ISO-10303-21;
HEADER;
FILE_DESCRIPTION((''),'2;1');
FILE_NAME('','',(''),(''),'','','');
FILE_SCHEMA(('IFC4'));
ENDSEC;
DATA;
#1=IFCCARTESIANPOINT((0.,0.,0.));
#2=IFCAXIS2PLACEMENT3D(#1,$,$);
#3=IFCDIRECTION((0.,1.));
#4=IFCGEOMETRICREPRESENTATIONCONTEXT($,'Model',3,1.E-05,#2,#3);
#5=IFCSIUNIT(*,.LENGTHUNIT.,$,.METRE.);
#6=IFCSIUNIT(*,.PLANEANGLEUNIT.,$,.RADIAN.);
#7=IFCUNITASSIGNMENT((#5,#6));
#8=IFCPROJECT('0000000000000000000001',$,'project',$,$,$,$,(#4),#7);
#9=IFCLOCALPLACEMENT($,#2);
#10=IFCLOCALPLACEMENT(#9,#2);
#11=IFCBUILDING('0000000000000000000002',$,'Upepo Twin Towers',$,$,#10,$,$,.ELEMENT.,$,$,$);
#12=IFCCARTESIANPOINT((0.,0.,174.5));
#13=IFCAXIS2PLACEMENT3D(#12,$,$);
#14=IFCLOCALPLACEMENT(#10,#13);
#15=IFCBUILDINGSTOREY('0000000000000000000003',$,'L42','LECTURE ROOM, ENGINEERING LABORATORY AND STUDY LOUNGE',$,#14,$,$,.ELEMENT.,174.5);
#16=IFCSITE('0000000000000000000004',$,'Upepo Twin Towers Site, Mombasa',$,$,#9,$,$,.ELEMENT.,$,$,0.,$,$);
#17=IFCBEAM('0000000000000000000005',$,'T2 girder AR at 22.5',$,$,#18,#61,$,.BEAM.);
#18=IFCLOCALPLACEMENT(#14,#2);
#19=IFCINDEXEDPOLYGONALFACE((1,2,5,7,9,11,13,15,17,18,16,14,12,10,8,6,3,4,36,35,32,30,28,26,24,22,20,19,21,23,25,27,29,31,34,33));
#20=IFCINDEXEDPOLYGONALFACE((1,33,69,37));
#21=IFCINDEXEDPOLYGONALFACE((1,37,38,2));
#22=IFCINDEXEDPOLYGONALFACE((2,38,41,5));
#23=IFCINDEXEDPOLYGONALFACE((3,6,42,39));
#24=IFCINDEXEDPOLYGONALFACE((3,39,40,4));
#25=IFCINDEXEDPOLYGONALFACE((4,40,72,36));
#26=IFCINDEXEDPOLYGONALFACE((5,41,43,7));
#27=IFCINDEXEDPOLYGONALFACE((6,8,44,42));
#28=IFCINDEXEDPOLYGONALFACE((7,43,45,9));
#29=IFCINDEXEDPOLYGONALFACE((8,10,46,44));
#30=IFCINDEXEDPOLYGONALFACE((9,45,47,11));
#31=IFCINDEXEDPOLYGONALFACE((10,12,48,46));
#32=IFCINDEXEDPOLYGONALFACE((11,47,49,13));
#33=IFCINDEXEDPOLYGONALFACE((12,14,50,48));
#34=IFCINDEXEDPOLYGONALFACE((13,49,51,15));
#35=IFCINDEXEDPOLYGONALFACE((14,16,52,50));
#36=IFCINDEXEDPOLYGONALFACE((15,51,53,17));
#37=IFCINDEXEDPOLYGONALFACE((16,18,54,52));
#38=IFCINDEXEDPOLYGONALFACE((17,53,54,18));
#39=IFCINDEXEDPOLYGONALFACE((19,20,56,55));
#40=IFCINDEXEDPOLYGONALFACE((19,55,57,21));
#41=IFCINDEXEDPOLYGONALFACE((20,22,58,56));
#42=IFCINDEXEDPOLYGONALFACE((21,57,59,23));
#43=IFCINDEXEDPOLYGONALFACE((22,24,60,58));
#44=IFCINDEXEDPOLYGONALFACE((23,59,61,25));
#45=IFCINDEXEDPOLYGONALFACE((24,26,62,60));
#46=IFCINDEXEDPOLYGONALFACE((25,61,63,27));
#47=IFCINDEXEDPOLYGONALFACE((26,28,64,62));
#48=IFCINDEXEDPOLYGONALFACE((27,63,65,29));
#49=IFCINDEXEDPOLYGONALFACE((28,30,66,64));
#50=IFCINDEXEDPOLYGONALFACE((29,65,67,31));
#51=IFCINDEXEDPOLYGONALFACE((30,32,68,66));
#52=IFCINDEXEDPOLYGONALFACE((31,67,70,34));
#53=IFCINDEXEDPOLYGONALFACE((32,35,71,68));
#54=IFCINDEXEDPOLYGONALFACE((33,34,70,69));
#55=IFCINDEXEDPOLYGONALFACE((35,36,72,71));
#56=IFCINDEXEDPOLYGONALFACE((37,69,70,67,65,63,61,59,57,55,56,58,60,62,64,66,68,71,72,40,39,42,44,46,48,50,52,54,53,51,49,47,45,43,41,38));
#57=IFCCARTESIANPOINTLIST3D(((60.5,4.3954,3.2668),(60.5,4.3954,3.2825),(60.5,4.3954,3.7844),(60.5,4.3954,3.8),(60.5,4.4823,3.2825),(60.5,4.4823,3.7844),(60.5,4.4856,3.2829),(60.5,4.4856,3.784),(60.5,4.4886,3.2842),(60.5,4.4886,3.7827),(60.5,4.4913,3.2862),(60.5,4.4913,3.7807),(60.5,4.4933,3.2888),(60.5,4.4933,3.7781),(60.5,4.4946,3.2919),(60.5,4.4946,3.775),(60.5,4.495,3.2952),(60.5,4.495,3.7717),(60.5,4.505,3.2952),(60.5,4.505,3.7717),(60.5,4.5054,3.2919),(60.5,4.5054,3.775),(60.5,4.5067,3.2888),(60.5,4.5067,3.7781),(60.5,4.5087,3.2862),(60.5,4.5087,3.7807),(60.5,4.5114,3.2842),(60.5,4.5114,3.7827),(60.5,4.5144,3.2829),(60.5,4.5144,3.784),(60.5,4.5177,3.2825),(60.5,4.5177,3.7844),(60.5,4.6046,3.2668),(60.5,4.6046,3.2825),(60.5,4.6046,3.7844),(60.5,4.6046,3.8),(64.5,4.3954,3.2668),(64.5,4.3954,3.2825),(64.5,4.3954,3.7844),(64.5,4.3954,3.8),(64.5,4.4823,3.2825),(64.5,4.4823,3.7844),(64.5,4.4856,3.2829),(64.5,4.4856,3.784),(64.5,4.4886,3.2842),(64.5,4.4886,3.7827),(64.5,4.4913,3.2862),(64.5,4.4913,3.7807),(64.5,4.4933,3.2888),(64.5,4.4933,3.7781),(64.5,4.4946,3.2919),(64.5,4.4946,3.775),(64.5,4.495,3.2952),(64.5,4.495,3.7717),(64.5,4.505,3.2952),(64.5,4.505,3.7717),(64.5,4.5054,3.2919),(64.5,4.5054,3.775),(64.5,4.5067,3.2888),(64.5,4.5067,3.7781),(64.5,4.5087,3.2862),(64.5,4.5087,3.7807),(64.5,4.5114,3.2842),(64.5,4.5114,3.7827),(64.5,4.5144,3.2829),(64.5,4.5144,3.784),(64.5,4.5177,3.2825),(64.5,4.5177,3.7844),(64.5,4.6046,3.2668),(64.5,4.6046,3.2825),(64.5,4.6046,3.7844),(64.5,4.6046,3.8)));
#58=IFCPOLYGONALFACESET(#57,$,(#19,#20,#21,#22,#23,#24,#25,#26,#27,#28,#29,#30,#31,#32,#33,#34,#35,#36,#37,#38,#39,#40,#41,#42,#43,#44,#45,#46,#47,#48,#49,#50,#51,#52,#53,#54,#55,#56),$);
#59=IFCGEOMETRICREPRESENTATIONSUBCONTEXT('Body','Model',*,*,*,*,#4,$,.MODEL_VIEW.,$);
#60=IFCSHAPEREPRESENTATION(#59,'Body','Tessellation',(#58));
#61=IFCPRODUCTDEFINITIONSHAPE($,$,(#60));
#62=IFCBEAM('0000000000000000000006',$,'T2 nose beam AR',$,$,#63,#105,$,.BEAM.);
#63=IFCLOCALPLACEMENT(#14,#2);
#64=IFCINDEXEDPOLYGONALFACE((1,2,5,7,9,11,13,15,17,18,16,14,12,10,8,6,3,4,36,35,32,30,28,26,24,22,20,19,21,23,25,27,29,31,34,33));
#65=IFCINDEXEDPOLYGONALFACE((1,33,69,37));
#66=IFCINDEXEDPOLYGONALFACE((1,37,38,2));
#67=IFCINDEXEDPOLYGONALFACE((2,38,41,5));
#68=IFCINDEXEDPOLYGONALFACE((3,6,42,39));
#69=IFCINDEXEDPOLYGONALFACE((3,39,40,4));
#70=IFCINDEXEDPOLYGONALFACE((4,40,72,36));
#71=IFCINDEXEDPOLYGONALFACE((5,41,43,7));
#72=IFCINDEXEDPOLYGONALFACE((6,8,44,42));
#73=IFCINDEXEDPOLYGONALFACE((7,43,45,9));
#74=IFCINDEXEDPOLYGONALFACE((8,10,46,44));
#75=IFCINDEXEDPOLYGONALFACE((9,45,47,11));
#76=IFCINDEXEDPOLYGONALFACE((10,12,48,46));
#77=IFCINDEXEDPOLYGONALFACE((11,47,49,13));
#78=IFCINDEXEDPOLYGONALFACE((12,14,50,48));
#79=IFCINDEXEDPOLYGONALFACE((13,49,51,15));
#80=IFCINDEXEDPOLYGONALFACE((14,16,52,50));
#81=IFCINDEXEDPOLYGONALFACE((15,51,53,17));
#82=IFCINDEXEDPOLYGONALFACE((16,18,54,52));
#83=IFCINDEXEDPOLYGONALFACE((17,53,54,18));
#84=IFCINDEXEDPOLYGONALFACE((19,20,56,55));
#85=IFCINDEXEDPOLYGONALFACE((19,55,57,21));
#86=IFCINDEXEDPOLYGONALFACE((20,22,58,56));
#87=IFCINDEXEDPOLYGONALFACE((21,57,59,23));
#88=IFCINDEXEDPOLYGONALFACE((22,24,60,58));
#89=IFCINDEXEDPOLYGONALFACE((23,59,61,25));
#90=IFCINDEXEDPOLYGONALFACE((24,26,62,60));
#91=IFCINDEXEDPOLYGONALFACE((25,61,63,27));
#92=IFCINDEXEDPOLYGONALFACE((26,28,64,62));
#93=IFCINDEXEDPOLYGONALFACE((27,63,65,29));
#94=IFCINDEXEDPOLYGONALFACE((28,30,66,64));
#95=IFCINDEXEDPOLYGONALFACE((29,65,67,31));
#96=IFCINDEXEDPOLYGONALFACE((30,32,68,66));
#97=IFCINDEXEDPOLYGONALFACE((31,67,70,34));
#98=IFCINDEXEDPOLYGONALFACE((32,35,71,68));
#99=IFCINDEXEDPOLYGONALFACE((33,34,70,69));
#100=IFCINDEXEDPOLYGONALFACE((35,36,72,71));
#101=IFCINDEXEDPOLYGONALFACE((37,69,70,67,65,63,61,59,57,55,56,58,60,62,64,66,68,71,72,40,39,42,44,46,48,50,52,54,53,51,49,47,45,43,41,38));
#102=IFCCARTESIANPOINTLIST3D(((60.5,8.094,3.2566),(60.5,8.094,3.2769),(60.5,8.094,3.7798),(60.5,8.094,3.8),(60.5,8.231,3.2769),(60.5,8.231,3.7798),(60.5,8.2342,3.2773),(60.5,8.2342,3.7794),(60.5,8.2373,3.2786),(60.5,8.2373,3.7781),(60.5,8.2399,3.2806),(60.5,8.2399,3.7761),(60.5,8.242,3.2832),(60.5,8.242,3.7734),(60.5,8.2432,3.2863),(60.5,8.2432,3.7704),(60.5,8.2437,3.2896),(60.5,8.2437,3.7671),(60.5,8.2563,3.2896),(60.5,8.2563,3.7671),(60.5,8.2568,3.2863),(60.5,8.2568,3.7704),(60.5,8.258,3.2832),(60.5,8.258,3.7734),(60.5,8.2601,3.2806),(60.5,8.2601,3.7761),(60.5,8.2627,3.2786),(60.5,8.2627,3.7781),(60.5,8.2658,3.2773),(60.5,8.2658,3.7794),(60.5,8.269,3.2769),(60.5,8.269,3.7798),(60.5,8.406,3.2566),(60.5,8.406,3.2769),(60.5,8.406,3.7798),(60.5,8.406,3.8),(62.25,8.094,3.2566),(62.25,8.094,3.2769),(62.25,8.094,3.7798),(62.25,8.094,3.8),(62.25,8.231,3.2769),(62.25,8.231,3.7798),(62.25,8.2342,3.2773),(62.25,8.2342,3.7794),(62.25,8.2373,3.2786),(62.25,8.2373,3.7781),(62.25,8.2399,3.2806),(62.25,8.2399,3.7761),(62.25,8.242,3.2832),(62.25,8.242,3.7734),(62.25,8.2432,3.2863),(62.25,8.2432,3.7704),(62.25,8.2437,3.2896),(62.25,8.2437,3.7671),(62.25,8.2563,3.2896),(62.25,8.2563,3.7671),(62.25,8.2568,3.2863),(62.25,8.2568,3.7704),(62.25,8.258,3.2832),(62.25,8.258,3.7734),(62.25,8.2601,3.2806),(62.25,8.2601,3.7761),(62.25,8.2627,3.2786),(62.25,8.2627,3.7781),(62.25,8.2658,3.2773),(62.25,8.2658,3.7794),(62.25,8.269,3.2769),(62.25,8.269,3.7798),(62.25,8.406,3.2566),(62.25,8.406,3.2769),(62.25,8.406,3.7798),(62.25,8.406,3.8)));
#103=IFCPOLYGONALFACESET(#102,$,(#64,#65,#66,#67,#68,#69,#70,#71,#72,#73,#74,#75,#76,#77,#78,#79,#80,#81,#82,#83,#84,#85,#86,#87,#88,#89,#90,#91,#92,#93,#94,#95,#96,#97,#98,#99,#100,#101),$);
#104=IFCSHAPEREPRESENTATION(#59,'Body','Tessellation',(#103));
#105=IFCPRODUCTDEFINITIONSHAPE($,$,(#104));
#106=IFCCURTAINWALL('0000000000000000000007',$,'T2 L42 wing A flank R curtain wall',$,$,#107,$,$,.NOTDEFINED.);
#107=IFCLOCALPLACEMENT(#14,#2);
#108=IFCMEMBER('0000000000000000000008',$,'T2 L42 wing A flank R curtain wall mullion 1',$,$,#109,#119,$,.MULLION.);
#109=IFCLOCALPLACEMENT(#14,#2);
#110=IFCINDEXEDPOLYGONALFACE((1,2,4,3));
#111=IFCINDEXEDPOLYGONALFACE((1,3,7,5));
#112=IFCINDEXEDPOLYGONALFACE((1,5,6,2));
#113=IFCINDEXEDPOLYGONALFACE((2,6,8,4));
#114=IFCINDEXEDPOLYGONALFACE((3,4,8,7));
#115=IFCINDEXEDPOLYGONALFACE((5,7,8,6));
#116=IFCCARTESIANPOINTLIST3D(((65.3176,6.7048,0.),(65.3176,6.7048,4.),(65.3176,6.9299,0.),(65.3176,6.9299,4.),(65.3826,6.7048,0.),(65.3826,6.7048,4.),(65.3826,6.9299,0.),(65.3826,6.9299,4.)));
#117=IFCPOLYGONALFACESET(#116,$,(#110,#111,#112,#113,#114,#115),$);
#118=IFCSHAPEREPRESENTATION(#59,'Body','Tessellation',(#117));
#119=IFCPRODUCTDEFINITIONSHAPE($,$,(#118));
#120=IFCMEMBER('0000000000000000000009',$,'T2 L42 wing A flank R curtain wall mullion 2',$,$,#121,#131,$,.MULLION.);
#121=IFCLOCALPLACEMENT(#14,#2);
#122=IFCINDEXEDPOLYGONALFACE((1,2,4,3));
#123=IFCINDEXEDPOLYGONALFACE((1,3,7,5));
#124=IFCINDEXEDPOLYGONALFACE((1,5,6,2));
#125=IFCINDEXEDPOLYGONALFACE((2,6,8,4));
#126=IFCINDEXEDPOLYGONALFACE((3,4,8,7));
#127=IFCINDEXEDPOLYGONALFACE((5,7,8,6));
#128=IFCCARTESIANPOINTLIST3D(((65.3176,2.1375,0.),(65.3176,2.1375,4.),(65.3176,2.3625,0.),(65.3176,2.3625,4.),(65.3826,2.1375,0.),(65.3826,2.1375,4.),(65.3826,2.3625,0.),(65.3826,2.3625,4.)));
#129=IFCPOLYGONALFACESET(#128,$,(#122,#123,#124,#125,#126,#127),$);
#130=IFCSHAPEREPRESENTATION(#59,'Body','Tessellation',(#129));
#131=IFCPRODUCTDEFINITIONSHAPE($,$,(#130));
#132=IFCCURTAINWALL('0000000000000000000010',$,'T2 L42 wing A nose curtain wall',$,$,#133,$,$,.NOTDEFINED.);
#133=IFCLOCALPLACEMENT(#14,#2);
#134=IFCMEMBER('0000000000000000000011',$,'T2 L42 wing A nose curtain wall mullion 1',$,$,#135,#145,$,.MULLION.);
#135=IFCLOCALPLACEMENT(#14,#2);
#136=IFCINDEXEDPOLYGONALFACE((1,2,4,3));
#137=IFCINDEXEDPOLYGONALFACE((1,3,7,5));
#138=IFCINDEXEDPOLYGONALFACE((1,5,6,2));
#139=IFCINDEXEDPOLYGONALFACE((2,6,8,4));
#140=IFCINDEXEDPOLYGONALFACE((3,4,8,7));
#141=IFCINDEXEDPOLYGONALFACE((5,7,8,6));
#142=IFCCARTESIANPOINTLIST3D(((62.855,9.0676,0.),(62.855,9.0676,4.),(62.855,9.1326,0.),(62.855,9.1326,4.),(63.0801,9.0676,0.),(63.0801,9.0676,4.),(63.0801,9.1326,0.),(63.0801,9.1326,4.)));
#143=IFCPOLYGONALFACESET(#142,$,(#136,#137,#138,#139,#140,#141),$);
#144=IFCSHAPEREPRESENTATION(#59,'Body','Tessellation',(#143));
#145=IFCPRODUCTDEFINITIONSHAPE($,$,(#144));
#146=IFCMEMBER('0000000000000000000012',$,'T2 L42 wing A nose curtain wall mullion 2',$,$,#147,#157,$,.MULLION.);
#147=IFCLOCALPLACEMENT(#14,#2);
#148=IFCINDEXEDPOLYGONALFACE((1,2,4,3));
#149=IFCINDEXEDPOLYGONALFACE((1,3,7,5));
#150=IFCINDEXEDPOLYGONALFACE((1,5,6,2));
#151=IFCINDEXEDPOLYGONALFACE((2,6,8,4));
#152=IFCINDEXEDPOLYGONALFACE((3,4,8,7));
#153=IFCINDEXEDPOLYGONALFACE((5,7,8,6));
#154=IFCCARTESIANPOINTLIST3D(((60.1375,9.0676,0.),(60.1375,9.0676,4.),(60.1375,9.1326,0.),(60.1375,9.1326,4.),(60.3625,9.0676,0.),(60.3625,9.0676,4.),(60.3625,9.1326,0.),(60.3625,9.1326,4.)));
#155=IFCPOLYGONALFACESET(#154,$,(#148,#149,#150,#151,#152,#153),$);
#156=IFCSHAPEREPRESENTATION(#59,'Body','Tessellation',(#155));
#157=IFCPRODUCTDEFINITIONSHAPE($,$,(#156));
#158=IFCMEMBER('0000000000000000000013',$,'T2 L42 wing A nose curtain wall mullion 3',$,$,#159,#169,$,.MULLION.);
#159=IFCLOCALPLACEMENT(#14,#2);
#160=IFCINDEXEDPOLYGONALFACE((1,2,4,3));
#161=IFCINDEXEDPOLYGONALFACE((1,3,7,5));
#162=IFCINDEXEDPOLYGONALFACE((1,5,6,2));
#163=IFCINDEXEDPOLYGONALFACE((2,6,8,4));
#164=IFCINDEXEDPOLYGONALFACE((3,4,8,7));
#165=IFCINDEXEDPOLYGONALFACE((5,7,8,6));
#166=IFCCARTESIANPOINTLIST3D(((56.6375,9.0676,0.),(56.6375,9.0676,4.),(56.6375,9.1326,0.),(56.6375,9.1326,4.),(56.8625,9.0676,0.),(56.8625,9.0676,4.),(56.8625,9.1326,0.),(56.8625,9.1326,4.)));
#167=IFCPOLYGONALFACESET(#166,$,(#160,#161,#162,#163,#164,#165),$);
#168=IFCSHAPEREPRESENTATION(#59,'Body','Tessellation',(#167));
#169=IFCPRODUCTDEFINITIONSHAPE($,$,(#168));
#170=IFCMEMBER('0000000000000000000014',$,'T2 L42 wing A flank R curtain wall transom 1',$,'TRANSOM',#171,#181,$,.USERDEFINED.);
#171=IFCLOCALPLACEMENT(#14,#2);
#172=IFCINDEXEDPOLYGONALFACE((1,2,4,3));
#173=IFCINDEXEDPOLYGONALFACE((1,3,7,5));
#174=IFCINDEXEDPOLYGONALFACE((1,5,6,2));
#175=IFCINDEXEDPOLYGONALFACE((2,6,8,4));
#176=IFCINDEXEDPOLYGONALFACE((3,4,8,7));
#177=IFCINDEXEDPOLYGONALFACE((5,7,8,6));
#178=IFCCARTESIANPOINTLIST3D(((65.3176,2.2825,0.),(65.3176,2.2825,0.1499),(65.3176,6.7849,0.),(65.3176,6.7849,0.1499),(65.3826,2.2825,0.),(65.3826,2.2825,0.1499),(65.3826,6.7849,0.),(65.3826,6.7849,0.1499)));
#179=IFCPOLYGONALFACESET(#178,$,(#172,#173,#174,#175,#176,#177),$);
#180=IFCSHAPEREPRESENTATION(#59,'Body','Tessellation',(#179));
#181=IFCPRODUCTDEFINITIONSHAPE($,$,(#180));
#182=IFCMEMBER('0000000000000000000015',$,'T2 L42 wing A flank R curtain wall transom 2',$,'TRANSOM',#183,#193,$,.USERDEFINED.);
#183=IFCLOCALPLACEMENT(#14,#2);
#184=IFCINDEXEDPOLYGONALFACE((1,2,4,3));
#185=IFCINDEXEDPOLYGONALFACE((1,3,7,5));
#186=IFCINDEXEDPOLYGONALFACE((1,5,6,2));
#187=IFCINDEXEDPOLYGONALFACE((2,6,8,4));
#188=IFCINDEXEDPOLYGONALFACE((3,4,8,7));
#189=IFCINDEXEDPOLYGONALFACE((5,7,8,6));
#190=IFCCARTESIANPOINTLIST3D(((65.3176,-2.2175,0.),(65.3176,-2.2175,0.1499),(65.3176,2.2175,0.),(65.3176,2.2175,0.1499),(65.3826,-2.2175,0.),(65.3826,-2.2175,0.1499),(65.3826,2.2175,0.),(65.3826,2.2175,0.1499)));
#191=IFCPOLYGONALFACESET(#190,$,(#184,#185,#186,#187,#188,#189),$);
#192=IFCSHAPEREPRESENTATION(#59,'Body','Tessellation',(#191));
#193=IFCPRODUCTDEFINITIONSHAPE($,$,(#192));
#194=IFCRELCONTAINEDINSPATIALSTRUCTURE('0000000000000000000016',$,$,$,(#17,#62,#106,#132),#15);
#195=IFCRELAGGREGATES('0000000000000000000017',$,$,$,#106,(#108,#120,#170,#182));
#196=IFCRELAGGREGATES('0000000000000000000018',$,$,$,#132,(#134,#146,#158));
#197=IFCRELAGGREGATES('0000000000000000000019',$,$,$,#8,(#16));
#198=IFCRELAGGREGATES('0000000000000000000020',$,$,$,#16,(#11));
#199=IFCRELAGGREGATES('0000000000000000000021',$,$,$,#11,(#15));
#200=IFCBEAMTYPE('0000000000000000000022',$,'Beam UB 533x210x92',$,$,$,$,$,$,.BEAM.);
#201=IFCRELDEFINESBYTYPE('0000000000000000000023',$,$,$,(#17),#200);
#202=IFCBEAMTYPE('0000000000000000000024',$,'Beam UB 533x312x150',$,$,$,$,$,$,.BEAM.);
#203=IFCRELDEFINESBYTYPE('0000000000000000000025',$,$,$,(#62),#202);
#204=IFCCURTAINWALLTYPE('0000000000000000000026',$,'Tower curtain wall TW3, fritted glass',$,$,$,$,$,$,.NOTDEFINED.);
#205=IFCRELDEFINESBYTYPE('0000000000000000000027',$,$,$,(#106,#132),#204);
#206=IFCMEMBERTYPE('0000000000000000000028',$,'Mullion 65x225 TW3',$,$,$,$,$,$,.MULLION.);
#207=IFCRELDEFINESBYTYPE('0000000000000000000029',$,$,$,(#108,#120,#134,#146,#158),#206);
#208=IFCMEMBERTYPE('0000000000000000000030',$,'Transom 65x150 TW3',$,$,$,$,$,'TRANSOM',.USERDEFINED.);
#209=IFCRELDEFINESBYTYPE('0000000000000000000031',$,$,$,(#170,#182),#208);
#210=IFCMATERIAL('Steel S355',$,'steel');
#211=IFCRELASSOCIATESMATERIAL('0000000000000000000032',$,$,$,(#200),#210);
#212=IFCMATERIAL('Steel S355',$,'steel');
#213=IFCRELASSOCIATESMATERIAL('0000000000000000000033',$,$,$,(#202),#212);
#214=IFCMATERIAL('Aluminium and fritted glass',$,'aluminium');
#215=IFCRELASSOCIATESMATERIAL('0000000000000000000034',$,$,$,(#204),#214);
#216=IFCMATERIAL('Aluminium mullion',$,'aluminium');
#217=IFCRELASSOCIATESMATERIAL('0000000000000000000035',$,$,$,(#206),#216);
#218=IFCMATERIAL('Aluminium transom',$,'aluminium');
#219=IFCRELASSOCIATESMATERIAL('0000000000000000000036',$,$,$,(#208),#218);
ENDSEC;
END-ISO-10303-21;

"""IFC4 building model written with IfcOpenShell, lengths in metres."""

from ifc_helpers import new_model, si_unit, direction, frame, origin, origin_2d, place, context, subcontext, project, spatial, rectangle, i_section, extrude, material, material_profile, profile_set, type_object, element, aggregate, save


model = new_model("IFC4")

# Units and contexts
model_context = context("Model", 3, precision=1e-05, world=origin(), true_north=direction((0.0, 1.0)))
body_context = subcontext(model_context, "Body", "Model", "MODEL_VIEW")
ifc_project = project(units=[si_unit("LENGTHUNIT", "METRE"), si_unit("PLANEANGLEUNIT", "RADIAN")], contexts=[model_context])

# Site, building, storey
site_placement = place(None, origin())
site = spatial("IfcSite", under=ifc_project, at=site_placement, Name="Upepo Twin Towers Site, Mombasa", CompositionType="ELEMENT", RefElevation=0.0)
building_placement = place(site_placement, origin())
building = spatial("IfcBuilding", under=site, at=building_placement, Name="Upepo Twin Towers", CompositionType="ELEMENT")
storey_placement = place(building_placement, frame((0.0, 0.0, 174.5)))
storey = spatial("IfcBuildingStorey", under=building, at=storey_placement, Name="L42", Description="LECTURE ROOM, ENGINEERING LABORATORY AND STUDY LOUNGE", CompositionType="ELEMENT", Elevation=174.5)

# Beams
ifc_material_1 = material(Name="Steel S355", Category="steel")
ifc_material_profile_1 = material_profile(ifc_material_1, i_section(OverallWidth=0.2092, OverallDepth=0.5332, WebThickness=0.01, FlangeThickness=0.0156, FilletRadius=0.0127, at=origin_2d()), Name="UB 533x210x92")
ifc_profile_set_1 = profile_set([ifc_material_profile_1], Name="Steel S355")
beam_type_1 = type_object("IfcBeamType", Name="Beam UB 533x210x92", PredefinedType="BEAM", material=ifc_profile_set_1)
for number, where, z_axis, x_axis, name in (
    (1, (64.5, 4.5, 3.5334), (-1.0, 0.0, 0.0), (0.0, -1.0, 0.0), "T2 girder AR at 22.5"),
):
    element("IfcBeam", number, at=place(storey_placement, frame(where, z_axis=z_axis, x_axis=x_axis)), inside=storey, type_object=beam_type_1, Name=name, PredefinedType="BEAM", context=body_context, shape_type="SweptSolid", body=[
        extrude(i_section(OverallWidth=0.2092, OverallDepth=0.5332, WebThickness=0.01, FlangeThickness=0.0156, FilletRadius=0.0127, at=origin_2d()), origin(), (0.0, 0.0, 1.0), 4.0),
    ])
ifc_material_2 = material(Name="Steel S355", Category="steel")
ifc_material_profile_2 = material_profile(ifc_material_2, i_section(OverallWidth=0.312, OverallDepth=0.5435, WebThickness=0.0127, FlangeThickness=0.0203, FilletRadius=0.0127, at=origin_2d()), Name="UB 533x312x150")
ifc_profile_set_2 = profile_set([ifc_material_profile_2], Name="Steel S355")
beam_type_2 = type_object("IfcBeamType", Name="Beam UB 533x312x150", PredefinedType="BEAM", material=ifc_profile_set_2)
beam_1_placement = place(storey_placement, frame((62.25, 8.25, 3.5283), z_axis=(-1.0, 0.0, 0.0), x_axis=(0.0, -1.0, 0.0)))
element("IfcBeam", 2, at=beam_1_placement, inside=storey, type_object=beam_type_2, Name="T2 nose beam AR", PredefinedType="BEAM", context=body_context, shape_type="SweptSolid", body=[
    extrude(i_section(OverallWidth=0.312, OverallDepth=0.5435, WebThickness=0.0127, FlangeThickness=0.0203, FilletRadius=0.0127, at=origin_2d()), origin(), (0.0, 0.0, 1.0), 1.75),
])

# Curtain walls, members
ifc_material_3 = material(Name="Aluminium and fritted glass", Category="aluminium")
curtain_wall_type = type_object("IfcCurtainWallType", Name="Tower curtain wall TW3, fritted glass", PredefinedType="NOTDEFINED", material=ifc_material_3)
curtain_wall_1_placement = place(storey_placement, origin())
curtain_wall_1 = element("IfcCurtainWall", 3, at=curtain_wall_1_placement, inside=storey, type_object=curtain_wall_type, Name="T2 L42 wing A flank R curtain wall", PredefinedType="NOTDEFINED")
ifc_material_4 = material(Name="Aluminium mullion", Category="aluminium")
ifc_material_profile_3 = material_profile(ifc_material_4, rectangle(XDim=0.0649, YDim=0.2251, at=origin_2d()), Name="MULLION 65x225")
ifc_profile_set_3 = profile_set([ifc_material_profile_3], Name="Aluminium mullion")
member_type_1 = type_object("IfcMemberType", Name="Mullion 65x225 TW3", PredefinedType="MULLION", material=ifc_profile_set_3)
member_1_placement = place(storey_placement, frame((65.3501, 6.8174, 0.0), z_axis=(0.0, 0.0, 1.0), x_axis=(1.0, 0.0, 0.0)))
member_1 = element("IfcMember", 4, at=member_1_placement, type_object=member_type_1, Name="T2 L42 wing A flank R curtain wall mullion 1", PredefinedType="MULLION", context=body_context, shape_type="SweptSolid", body=[
    extrude(rectangle(XDim=0.0649, YDim=0.2251, at=origin_2d()), origin(), (0.0, 0.0, 1.0), 4.0),
])
member_2_placement = place(storey_placement, frame((65.3501, 2.25, 0.0), z_axis=(0.0, 0.0, 1.0), x_axis=(1.0, 0.0, 0.0)))
member_2 = element("IfcMember", 5, at=member_2_placement, type_object=member_type_1, Name="T2 L42 wing A flank R curtain wall mullion 2", PredefinedType="MULLION", context=body_context, shape_type="SweptSolid", body=[
    extrude(rectangle(XDim=0.0649, YDim=0.2251, at=origin_2d()), origin(), (0.0, 0.0, 1.0), 4.0),
])
curtain_wall_2_placement = place(storey_placement, origin())
curtain_wall_2 = element("IfcCurtainWall", 6, at=curtain_wall_2_placement, inside=storey, type_object=curtain_wall_type, Name="T2 L42 wing A nose curtain wall", PredefinedType="NOTDEFINED")
member_3_placement = place(storey_placement, frame((62.9675, 9.1001, 0.0), z_axis=(0.0, 0.0, 1.0), x_axis=(0.0, -1.0, 0.0)))
member_3 = element("IfcMember", 7, at=member_3_placement, type_object=member_type_1, Name="T2 L42 wing A nose curtain wall mullion 1", PredefinedType="MULLION", context=body_context, shape_type="SweptSolid", body=[
    extrude(rectangle(XDim=0.0649, YDim=0.2251, at=origin_2d()), origin(), (0.0, 0.0, 1.0), 4.0),
])
member_4_placement = place(storey_placement, frame((60.25, 9.1001, 0.0), z_axis=(0.0, 0.0, 1.0), x_axis=(0.0, -1.0, 0.0)))
member_4 = element("IfcMember", 8, at=member_4_placement, type_object=member_type_1, Name="T2 L42 wing A nose curtain wall mullion 2", PredefinedType="MULLION", context=body_context, shape_type="SweptSolid", body=[
    extrude(rectangle(XDim=0.0649, YDim=0.2251, at=origin_2d()), origin(), (0.0, 0.0, 1.0), 4.0),
])
member_5_placement = place(storey_placement, frame((56.75, 9.1001, 0.0), z_axis=(0.0, 0.0, 1.0), x_axis=(0.0, -1.0, 0.0)))
member_5 = element("IfcMember", 9, at=member_5_placement, type_object=member_type_1, Name="T2 L42 wing A nose curtain wall mullion 3", PredefinedType="MULLION", context=body_context, shape_type="SweptSolid", body=[
    extrude(rectangle(XDim=0.0649, YDim=0.2251, at=origin_2d()), origin(), (0.0, 0.0, 1.0), 4.0),
])

# Members
ifc_material_5 = material(Name="Aluminium transom", Category="aluminium")
ifc_material_profile_4 = material_profile(ifc_material_5, rectangle(XDim=0.0649, YDim=0.1499, at=origin_2d()), Name="TRANSOM 65x150")
ifc_profile_set_4 = profile_set([ifc_material_profile_4], Name="Aluminium transom")
member_type_2 = type_object("IfcMemberType", Name="Transom 65x150 TW3", ElementType="TRANSOM", PredefinedType="USERDEFINED", material=ifc_profile_set_4)
member_6_placement = place(storey_placement, frame((65.3501, 6.7849, 0.075), z_axis=(0.0, -1.0, 0.0), x_axis=(1.0, 0.0, 0.0)))
member_6 = element("IfcMember", 10, at=member_6_placement, type_object=member_type_2, Name="T2 L42 wing A flank R curtain wall transom 1", ObjectType="TRANSOM", PredefinedType="USERDEFINED", context=body_context, shape_type="SweptSolid", body=[
    extrude(rectangle(XDim=0.0649, YDim=0.1499, at=origin_2d()), origin(), (0.0, 0.0, 1.0), 4.5024),
])
member_7_placement = place(storey_placement, frame((65.3501, 2.2175, 0.075), z_axis=(0.0, -1.0, 0.0), x_axis=(1.0, 0.0, 0.0)))
member_7 = element("IfcMember", 11, at=member_7_placement, type_object=member_type_2, Name="T2 L42 wing A flank R curtain wall transom 2", ObjectType="TRANSOM", PredefinedType="USERDEFINED", context=body_context, shape_type="SweptSolid", body=[
    extrude(rectangle(XDim=0.0649, YDim=0.1499, at=origin_2d()), origin(), (0.0, 0.0, 1.0), 4.4351),
])

aggregate(curtain_wall_1, [member_1, member_2, member_6, member_7])
aggregate(curtain_wall_2, [member_3, member_4, member_5])

save(model, "model.ifc")
